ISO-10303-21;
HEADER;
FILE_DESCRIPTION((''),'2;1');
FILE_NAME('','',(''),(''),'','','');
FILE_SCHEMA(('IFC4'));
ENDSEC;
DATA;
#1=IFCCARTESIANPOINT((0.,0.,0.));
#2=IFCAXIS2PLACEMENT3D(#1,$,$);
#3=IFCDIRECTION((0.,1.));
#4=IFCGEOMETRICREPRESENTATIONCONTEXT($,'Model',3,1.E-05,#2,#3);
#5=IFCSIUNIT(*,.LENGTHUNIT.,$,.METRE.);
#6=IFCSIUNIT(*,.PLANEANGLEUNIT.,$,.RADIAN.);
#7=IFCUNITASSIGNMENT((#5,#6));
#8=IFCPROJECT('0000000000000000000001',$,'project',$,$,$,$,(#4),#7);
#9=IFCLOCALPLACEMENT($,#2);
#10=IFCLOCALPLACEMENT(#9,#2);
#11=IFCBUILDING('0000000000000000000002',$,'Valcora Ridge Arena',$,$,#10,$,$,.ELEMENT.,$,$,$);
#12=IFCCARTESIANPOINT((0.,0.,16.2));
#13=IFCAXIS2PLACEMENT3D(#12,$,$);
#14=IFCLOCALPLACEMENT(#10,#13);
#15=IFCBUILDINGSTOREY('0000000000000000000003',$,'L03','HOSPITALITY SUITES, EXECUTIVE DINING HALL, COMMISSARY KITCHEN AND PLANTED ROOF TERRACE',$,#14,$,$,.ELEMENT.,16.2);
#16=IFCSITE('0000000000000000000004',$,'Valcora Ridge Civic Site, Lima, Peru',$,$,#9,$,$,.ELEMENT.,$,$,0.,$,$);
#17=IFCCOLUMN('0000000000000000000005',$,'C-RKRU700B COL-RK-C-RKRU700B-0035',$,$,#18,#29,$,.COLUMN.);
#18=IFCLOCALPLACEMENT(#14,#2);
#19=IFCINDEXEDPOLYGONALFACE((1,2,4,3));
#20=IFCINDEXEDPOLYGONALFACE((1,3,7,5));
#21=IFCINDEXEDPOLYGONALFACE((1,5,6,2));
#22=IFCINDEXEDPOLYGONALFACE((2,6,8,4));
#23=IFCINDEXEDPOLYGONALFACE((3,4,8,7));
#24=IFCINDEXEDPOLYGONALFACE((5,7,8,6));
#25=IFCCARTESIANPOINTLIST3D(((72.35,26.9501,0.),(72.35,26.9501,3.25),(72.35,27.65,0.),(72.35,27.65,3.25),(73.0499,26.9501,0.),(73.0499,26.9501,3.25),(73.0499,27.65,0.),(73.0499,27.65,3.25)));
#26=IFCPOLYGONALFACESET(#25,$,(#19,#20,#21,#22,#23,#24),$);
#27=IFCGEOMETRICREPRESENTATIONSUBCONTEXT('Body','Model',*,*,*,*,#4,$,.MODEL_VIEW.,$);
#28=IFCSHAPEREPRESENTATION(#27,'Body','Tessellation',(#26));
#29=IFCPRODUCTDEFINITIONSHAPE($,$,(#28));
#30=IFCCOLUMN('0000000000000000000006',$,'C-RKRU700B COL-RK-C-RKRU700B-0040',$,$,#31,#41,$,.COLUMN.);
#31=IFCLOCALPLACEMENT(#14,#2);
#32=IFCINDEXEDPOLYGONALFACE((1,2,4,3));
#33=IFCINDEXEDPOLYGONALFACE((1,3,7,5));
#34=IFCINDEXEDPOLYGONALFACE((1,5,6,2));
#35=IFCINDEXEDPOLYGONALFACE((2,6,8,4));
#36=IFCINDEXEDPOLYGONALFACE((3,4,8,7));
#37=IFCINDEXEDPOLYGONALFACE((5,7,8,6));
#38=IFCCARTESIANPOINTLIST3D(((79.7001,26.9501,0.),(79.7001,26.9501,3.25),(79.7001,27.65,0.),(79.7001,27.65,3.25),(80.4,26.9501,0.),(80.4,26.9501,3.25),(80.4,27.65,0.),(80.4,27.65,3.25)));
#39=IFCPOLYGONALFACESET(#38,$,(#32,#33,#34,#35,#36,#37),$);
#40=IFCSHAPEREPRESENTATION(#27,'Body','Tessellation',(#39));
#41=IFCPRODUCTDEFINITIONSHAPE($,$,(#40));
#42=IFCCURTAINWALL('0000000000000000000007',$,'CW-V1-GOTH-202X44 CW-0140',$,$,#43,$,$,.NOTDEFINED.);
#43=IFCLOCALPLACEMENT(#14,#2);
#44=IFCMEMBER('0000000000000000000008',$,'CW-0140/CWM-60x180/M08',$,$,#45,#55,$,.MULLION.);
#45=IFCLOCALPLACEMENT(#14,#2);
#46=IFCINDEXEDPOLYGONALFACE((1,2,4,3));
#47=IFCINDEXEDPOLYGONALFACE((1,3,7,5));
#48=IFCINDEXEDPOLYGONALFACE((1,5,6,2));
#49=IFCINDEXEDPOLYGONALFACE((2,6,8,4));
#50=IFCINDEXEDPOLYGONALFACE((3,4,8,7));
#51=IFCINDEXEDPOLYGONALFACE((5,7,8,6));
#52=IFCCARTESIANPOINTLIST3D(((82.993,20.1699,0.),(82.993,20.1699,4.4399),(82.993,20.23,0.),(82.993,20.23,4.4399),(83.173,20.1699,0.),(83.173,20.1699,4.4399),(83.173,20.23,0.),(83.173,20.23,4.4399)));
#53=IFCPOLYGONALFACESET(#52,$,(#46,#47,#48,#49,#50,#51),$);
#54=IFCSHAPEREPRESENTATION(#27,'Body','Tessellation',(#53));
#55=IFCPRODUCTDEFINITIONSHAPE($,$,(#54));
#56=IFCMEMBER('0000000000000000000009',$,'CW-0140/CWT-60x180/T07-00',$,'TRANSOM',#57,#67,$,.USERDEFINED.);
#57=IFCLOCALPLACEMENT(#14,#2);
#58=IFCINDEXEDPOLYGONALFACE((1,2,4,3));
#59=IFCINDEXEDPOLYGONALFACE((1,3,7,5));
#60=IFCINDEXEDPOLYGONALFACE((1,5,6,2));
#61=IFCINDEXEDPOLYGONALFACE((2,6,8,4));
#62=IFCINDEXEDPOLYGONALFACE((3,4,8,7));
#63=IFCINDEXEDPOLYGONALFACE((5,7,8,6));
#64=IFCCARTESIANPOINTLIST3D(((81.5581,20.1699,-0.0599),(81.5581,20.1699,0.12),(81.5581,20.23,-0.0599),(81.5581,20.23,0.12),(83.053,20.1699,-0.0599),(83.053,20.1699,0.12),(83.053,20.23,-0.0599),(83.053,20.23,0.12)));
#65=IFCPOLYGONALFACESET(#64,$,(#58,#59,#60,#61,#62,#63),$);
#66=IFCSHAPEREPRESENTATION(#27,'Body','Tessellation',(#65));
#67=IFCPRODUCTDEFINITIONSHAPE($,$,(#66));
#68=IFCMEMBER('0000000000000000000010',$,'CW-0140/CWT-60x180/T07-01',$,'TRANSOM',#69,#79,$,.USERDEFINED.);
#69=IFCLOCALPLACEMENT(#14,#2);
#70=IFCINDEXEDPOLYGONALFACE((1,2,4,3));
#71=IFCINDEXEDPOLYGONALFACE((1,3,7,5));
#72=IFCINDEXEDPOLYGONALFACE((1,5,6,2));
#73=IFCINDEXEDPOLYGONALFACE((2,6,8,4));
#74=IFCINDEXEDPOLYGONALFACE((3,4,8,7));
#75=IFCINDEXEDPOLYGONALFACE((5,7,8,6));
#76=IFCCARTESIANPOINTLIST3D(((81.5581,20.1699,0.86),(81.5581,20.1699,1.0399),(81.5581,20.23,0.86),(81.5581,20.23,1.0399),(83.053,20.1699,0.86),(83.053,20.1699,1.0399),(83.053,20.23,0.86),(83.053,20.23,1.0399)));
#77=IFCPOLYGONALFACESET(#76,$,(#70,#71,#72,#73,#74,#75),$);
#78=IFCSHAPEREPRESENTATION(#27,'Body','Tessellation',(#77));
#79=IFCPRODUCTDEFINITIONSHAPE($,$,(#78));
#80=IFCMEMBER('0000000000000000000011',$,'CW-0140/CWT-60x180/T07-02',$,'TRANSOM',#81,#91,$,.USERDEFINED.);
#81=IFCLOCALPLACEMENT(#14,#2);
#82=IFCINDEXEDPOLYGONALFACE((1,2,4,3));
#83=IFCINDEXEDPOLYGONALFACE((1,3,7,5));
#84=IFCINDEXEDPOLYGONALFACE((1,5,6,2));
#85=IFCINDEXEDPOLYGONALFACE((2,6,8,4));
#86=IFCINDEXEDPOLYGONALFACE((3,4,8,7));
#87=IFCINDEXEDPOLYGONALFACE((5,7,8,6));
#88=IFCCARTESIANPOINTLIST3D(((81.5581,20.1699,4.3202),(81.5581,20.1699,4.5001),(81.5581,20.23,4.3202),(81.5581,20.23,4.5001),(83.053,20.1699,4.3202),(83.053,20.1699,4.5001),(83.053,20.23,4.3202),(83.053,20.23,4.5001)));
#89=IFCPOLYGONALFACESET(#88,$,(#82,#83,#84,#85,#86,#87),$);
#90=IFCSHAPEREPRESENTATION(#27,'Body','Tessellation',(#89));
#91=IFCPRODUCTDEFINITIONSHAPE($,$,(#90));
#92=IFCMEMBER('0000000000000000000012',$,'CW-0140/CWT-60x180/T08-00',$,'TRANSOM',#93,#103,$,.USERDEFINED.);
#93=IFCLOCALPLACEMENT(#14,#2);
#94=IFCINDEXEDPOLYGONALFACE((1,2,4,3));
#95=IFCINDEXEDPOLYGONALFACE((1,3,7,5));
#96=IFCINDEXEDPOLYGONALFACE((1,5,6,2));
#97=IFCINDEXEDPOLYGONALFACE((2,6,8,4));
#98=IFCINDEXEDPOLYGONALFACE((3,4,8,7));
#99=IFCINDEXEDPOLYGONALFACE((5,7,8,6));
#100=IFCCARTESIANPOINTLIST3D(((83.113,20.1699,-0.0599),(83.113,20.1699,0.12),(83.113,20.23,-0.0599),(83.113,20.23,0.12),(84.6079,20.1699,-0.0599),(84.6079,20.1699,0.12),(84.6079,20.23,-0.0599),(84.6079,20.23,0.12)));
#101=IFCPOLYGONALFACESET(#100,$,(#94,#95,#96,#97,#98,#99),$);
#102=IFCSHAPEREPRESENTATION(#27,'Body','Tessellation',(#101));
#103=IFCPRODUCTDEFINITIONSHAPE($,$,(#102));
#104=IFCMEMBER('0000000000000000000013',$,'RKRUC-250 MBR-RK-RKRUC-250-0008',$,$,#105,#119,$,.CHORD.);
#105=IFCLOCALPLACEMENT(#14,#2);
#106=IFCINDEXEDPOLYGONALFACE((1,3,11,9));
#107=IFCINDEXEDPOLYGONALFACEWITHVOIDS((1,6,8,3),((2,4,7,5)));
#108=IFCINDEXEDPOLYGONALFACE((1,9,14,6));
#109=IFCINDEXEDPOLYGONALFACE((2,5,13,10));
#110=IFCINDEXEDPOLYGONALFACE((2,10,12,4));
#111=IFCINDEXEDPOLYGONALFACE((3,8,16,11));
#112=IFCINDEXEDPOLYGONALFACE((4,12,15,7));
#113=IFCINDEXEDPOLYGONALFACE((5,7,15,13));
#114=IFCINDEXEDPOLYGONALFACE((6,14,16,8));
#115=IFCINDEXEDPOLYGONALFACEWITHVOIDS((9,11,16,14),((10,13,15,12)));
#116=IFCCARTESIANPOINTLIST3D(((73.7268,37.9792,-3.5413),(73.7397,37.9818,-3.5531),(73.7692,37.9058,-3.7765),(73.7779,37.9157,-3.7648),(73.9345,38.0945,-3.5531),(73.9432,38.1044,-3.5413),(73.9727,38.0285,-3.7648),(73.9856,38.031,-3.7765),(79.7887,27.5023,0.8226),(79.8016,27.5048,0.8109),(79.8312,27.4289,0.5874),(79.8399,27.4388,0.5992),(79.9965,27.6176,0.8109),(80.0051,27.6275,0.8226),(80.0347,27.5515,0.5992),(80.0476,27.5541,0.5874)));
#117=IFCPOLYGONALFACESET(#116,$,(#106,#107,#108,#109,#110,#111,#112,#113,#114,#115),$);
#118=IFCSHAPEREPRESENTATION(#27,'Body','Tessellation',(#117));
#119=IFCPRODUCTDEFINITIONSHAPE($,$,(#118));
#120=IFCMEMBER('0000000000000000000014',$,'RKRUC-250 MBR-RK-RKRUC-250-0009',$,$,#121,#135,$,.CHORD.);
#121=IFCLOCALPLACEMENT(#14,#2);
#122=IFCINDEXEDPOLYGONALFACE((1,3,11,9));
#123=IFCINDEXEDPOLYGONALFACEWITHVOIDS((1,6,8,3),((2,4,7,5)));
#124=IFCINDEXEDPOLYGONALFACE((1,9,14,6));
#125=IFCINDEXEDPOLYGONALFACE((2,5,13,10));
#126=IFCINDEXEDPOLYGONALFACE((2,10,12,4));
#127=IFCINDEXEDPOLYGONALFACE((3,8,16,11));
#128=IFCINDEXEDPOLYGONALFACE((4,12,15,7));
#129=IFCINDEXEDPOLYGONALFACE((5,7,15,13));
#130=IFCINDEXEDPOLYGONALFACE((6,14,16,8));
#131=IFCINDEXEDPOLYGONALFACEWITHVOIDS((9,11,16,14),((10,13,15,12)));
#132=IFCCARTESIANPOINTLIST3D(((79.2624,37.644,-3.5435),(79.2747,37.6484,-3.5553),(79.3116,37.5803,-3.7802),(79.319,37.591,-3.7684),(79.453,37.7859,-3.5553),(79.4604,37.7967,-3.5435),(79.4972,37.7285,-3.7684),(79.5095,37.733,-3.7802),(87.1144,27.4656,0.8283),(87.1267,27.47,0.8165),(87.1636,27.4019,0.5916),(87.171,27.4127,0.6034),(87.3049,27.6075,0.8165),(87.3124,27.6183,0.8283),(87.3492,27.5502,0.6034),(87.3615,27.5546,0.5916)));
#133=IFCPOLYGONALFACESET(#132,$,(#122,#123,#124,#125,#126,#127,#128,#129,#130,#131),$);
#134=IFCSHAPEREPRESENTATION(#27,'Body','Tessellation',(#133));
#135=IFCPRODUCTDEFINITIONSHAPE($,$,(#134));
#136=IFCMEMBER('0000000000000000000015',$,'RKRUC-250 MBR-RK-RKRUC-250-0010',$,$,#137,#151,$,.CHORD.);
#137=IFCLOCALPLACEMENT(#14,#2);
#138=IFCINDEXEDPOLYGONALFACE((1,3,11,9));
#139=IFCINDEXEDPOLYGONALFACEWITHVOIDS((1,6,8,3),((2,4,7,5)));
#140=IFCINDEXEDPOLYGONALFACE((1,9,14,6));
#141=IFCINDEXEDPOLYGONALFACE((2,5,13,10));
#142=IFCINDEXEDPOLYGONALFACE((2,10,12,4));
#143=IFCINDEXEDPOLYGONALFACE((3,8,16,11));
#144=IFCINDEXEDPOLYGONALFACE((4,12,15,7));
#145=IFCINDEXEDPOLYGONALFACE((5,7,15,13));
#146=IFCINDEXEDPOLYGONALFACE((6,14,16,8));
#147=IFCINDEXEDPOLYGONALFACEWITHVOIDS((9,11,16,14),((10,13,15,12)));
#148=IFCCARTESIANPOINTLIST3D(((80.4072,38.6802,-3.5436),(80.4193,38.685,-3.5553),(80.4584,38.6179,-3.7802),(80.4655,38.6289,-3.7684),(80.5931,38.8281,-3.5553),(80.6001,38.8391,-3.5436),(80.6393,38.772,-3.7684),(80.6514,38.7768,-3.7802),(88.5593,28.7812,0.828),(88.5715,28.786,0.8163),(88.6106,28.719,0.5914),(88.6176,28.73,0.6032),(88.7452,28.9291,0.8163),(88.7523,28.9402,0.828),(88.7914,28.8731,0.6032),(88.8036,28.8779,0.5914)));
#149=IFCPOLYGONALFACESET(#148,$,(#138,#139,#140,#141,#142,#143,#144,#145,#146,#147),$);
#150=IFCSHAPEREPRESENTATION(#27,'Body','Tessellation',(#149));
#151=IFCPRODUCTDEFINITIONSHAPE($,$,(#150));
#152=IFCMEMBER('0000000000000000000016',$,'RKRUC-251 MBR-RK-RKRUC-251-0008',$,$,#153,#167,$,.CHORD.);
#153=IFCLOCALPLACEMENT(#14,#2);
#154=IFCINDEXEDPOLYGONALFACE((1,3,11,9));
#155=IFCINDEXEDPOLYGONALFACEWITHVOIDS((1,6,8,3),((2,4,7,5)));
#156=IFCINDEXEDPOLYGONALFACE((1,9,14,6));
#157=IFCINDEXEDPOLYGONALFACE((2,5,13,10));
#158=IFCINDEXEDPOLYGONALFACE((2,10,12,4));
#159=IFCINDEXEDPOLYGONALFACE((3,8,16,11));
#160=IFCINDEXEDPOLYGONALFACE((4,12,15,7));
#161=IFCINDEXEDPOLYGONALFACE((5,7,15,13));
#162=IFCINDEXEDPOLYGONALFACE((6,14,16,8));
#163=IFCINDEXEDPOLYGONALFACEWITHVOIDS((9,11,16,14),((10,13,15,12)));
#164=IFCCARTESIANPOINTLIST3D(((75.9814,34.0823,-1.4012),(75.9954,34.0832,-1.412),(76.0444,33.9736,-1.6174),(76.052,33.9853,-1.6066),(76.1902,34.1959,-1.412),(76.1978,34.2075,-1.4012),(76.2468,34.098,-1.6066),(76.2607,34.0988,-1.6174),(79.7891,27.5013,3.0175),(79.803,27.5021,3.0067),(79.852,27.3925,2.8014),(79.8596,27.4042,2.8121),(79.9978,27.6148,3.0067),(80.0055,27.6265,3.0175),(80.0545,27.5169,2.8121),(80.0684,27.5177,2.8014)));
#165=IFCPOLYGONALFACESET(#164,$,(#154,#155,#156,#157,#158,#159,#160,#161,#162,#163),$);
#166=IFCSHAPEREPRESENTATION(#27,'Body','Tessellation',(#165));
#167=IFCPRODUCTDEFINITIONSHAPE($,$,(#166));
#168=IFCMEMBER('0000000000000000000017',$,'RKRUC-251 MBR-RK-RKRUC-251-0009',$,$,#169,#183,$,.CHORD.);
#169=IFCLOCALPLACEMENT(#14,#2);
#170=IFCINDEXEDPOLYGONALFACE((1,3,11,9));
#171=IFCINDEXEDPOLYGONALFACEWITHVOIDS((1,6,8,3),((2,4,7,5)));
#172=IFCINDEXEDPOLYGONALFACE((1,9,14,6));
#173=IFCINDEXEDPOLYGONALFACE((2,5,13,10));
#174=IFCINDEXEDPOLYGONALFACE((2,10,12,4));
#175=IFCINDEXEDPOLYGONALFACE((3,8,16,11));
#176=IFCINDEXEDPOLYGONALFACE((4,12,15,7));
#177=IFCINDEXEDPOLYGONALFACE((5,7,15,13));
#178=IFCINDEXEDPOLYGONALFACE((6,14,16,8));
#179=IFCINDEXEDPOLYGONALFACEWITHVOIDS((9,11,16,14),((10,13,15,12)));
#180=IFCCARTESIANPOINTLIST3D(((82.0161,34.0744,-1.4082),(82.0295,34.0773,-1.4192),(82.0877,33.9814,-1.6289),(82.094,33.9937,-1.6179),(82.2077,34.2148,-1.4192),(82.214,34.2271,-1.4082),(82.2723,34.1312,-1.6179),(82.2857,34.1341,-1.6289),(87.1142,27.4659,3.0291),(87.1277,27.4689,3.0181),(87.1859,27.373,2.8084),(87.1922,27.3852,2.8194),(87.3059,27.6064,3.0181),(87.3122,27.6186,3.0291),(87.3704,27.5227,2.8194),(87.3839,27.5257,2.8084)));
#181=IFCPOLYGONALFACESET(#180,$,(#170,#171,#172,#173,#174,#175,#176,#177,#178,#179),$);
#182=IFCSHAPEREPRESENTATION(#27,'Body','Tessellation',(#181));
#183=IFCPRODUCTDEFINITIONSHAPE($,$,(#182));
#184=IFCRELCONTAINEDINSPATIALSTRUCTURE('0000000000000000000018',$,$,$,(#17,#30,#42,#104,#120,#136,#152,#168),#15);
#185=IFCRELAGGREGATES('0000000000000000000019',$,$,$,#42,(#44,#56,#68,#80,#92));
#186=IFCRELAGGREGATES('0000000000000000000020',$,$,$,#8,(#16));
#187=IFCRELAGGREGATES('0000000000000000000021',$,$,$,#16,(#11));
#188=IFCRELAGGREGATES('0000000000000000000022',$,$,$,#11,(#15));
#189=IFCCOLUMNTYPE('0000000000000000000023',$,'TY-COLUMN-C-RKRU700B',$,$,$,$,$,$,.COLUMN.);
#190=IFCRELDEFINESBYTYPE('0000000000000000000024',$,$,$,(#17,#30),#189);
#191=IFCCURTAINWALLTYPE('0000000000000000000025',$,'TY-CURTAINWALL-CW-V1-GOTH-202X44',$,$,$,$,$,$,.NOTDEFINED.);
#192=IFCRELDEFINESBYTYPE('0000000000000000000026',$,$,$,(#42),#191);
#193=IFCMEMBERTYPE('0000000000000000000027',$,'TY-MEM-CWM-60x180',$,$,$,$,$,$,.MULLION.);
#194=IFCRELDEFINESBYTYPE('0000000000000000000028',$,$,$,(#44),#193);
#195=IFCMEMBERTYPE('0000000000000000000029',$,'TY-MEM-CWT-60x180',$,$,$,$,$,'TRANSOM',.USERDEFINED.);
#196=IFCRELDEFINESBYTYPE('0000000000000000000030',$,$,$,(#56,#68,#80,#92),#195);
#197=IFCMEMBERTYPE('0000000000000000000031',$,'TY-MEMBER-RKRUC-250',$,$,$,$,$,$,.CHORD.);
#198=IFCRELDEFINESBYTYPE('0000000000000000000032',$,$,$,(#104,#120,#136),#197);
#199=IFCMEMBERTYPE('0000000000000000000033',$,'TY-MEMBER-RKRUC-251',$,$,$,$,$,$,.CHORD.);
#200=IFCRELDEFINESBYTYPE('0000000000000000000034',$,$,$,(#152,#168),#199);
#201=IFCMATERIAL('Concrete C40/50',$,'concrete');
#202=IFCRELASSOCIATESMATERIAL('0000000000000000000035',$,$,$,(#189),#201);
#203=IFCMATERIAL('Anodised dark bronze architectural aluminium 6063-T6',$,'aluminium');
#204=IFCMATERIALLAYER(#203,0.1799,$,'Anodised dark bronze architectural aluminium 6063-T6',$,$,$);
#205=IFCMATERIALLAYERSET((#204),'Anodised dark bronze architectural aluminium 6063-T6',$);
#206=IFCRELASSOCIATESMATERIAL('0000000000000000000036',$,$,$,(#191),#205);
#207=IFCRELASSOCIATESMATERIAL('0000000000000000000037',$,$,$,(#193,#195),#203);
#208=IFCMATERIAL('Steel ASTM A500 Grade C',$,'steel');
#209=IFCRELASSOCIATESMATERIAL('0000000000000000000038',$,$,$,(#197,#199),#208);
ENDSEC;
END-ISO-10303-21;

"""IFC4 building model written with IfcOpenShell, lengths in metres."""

from ifc_helpers import new_model, si_unit, direction, frame, origin, origin_2d, place, context, subcontext, project, spatial, rectangle, hollow_rectangle, extrude, material, layer, layer_set, material_profile, profile_set, type_object, element, aggregate, save


model = new_model("IFC4")

# Units and contexts
model_context = context("Model", 3, precision=1e-05, world=origin(), true_north=direction((0.0, 1.0)))
body_context = subcontext(model_context, "Body", "Model", "MODEL_VIEW")
ifc_project = project(units=[si_unit("LENGTHUNIT", "METRE"), si_unit("PLANEANGLEUNIT", "RADIAN")], contexts=[model_context])

# Site, building, storey
site_placement = place(None, origin())
site = spatial("IfcSite", under=ifc_project, at=site_placement, Name="Valcora Ridge Civic Site, Lima, Peru", CompositionType="ELEMENT", RefElevation=0.0)
building_placement = place(site_placement, origin())
building = spatial("IfcBuilding", under=site, at=building_placement, Name="Valcora Ridge Arena", CompositionType="ELEMENT")
storey_placement = place(building_placement, frame((0.0, 0.0, 16.2)))
storey = spatial("IfcBuildingStorey", under=building, at=storey_placement, Name="L03", Description="HOSPITALITY SUITES, EXECUTIVE DINING HALL, COMMISSARY KITCHEN AND PLANTED ROOF TERRACE", CompositionType="ELEMENT", Elevation=16.2)

# Columns
ifc_material_1 = material(Name="Concrete C40/50", Category="concrete")
ifc_material_profile_1 = material_profile(ifc_material_1, rectangle(XDim=0.7, YDim=0.7, at=origin_2d()), Name="RC 700x700")
ifc_profile_set_1 = profile_set([ifc_material_profile_1], Name="Concrete C40/50")
column_type = type_object("IfcColumnType", Name="TY-COLUMN-C-RKRU700B", PredefinedType="COLUMN", material=ifc_profile_set_1)
for number, where, z_axis, x_axis, name in (
    (1, (72.7, 27.3, 0.0), (0.0, 0.0, 1.0), (1.0, 0.0, 0.0), "C-RKRU700B COL-RK-C-RKRU700B-0035"),
    (2, (80.05, 27.3, 0.0), (0.0, 0.0, 1.0), (1.0, 0.0, 0.0), "C-RKRU700B COL-RK-C-RKRU700B-0040"),
):
    element("IfcColumn", number, at=place(storey_placement, frame(where, z_axis=z_axis, x_axis=x_axis)), inside=storey, type_object=column_type, Name=name, PredefinedType="COLUMN", context=body_context, shape_type="SweptSolid", body=[
        extrude(rectangle(XDim=0.7, YDim=0.7, at=origin_2d()), origin(), (0.0, 0.0, 1.0), 3.25),
    ])

# Curtain wall, members
ifc_material_2 = material(Name="Anodised dark bronze architectural aluminium 6063-T6", Category="aluminium")
ifc_layer_1 = layer(ifc_material_2, 0.1799, Name="Anodised dark bronze architectural aluminium 6063-T6")
ifc_layer_set_1 = layer_set([ifc_layer_1], Name="Anodised dark bronze architectural aluminium 6063-T6")
curtain_wall_type = type_object("IfcCurtainWallType", Name="TY-CURTAINWALL-CW-V1-GOTH-202X44", PredefinedType="NOTDEFINED", material=ifc_layer_set_1)
curtain_wall_placement = place(storey_placement, origin())
curtain_wall = element("IfcCurtainWall", 3, at=curtain_wall_placement, inside=storey, type_object=curtain_wall_type, Name="CW-V1-GOTH-202X44 CW-0140", PredefinedType="NOTDEFINED")
ifc_material_profile_2 = material_profile(ifc_material_2, rectangle(XDim=0.0601, YDim=0.1799, at=origin_2d()), Name="ALU MULLION 60x180")
ifc_profile_set_2 = profile_set([ifc_material_profile_2], Name="Anodised dark bronze architectural aluminium 6063-T6")
member_type_1 = type_object("IfcMemberType", Name="TY-MEM-CWM-60x180", PredefinedType="MULLION", material=ifc_profile_set_2)
member_1_placement = place(storey_placement, frame((83.083, 20.2, 0.0), z_axis=(0.0, 0.0, 1.0), x_axis=(0.0, 1.0, 0.0)))
member_1 = element("IfcMember", 4, at=member_1_placement, type_object=member_type_1, Name="CW-0140/CWM-60x180/M08", PredefinedType="MULLION", context=body_context, shape_type="SweptSolid", body=[
    extrude(rectangle(XDim=0.0601, YDim=0.1799, at=origin_2d()), origin(), (0.0, 0.0, 1.0), 4.4399),
])
ifc_material_profile_3 = material_profile(ifc_material_2, rectangle(XDim=0.0601, YDim=0.1799, at=origin_2d()), Name="ALU TRANSOM 60x180")
ifc_profile_set_3 = profile_set([ifc_material_profile_3], Name="Anodised dark bronze architectural aluminium 6063-T6")
member_type_2 = type_object("IfcMemberType", Name="TY-MEM-CWT-60x180", ElementType="TRANSOM", PredefinedType="USERDEFINED", material=ifc_profile_set_3)
member_2_placement = place(storey_placement, frame((81.5581, 20.2, 0.03), z_axis=(1.0, 0.0, 0.0), x_axis=(0.0, 1.0, 0.0)))
member_2 = element("IfcMember", 5, at=member_2_placement, type_object=member_type_2, Name="CW-0140/CWT-60x180/T07-00", ObjectType="TRANSOM", PredefinedType="USERDEFINED", context=body_context, shape_type="SweptSolid", body=[
    extrude(rectangle(XDim=0.0601, YDim=0.1799, at=origin_2d()), origin(), (0.0, 0.0, 1.0), 1.4949),
])
member_3_placement = place(storey_placement, frame((81.5581, 20.2, 0.95), z_axis=(1.0, 0.0, 0.0), x_axis=(0.0, 1.0, 0.0)))
member_3 = element("IfcMember", 6, at=member_3_placement, type_object=member_type_2, Name="CW-0140/CWT-60x180/T07-01", ObjectType="TRANSOM", PredefinedType="USERDEFINED", context=body_context, shape_type="SweptSolid", body=[
    extrude(rectangle(XDim=0.0601, YDim=0.1799, at=origin_2d()), origin(), (0.0, 0.0, 1.0), 1.4949),
])
member_4_placement = place(storey_placement, frame((81.5581, 20.2, 4.4102), z_axis=(1.0, 0.0, 0.0), x_axis=(0.0, 1.0, 0.0)))
member_4 = element("IfcMember", 7, at=member_4_placement, type_object=member_type_2, Name="CW-0140/CWT-60x180/T07-02", ObjectType="TRANSOM", PredefinedType="USERDEFINED", context=body_context, shape_type="SweptSolid", body=[
    extrude(rectangle(XDim=0.0601, YDim=0.1799, at=origin_2d()), origin(), (0.0, 0.0, 1.0), 1.4949),
])
member_5_placement = place(storey_placement, frame((83.113, 20.2, 0.03), z_axis=(1.0, 0.0, 0.0), x_axis=(0.0, 1.0, 0.0)))
member_5 = element("IfcMember", 8, at=member_5_placement, type_object=member_type_2, Name="CW-0140/CWT-60x180/T08-00", ObjectType="TRANSOM", PredefinedType="USERDEFINED", context=body_context, shape_type="SweptSolid", body=[
    extrude(rectangle(XDim=0.0601, YDim=0.1799, at=origin_2d()), origin(), (0.0, 0.0, 1.0), 1.4949),
])

# Members
ifc_material_3 = material(Name="Steel ASTM A500 Grade C", Category="steel")
ifc_material_profile_4 = material_profile(ifc_material_3, hollow_rectangle(XDim=0.25, YDim=0.25, WallThickness=0.0125, at=origin_2d()), Name="HSS250X250X12")
ifc_profile_set_4 = profile_set([ifc_material_profile_4], Name="Steel ASTM A500 Grade C")
member_type_3 = type_object("IfcMemberType", Name="TY-MEMBER-RKRUC-250", PredefinedType="CHORD", material=ifc_profile_set_4)
member_6_placement = place(storey_placement, frame((73.8562, 38.0051, -3.6589), z_axis=(0.471126, -0.814254, 0.339162), x_axis=(0.865557, 0.50081, 0.0)))
element("IfcMember", 9, at=member_6_placement, inside=storey, type_object=member_type_3, Name="RKRUC-250 MBR-RK-RKRUC-250-0008", PredefinedType="CHORD", context=body_context, shape_type="SweptSolid", body=[
    extrude(hollow_rectangle(XDim=0.25, YDim=0.25, WallThickness=0.0125, at=origin_2d()), origin(), (0.0, 0.0, 1.0), 12.8669),
])
member_7_placement = place(storey_placement, frame((79.386, 37.6885, -3.6619), z_axis=(0.578282, -0.749616, 0.321973), x_axis=(0.791779, 0.610808, 0.0)))
element("IfcMember", 10, at=member_7_placement, inside=storey, type_object=member_type_3, Name="RKRUC-250 MBR-RK-RKRUC-250-0009", PredefinedType="CHORD", context=body_context, shape_type="SweptSolid", body=[
    extrude(hollow_rectangle(XDim=0.25, YDim=0.25, WallThickness=0.0125, at=origin_2d()), origin(), (0.0, 0.0, 1.0), 13.5781),
])
member_8_placement = place(storey_placement, frame((80.5293, 38.7285, -3.6619), z_axis=(0.601707, -0.73064, 0.322667), x_axis=(0.771929, 0.635709, 0.0)))
element("IfcMember", 11, at=member_8_placement, inside=storey, type_object=member_type_3, Name="RKRUC-250 MBR-RK-RKRUC-250-0010", PredefinedType="CHORD", context=body_context, shape_type="SweptSolid", body=[
    extrude(hollow_rectangle(XDim=0.25, YDim=0.25, WallThickness=0.0125, at=origin_2d()), origin(), (0.0, 0.0, 1.0), 13.5483),
])
ifc_material_profile_5 = material_profile(ifc_material_3, hollow_rectangle(XDim=0.25, YDim=0.25, WallThickness=0.0125, at=origin_2d()), Name="HSS250X250X12")
ifc_profile_set_5 = profile_set([ifc_material_profile_5], Name="Steel ASTM A500 Grade C")
member_type_4 = type_object("IfcMemberType", Name="TY-MEMBER-RKRUC-251", PredefinedType="CHORD", material=ifc_profile_set_5)
member_9_placement = place(storey_placement, frame((76.1211, 34.0906, -1.5093), z_axis=(0.432983, -0.748364, 0.502472), x_axis=(0.865567, 0.500793, 0.0)))
element("IfcMember", 12, at=member_9_placement, inside=storey, type_object=member_type_4, Name="RKRUC-251 MBR-RK-RKRUC-251-0008", PredefinedType="CHORD", context=body_context, shape_type="SweptSolid", body=[
    extrude(hollow_rectangle(XDim=0.25, YDim=0.25, WallThickness=0.0125, at=origin_2d()), origin(), (0.0, 0.0, 1.0), 8.7939),
])
member_10_placement = place(storey_placement, frame((82.1509, 34.1042, -1.5186), z_axis=(0.539339, -0.699111, 0.469423), x_axis=(0.791769, 0.610821, 0.0)))
element("IfcMember", 13, at=member_10_placement, inside=storey, type_object=member_type_4, Name="RKRUC-251 MBR-RK-RKRUC-251-0009", PredefinedType="CHORD", context=body_context, shape_type="SweptSolid", body=[
    extrude(hollow_rectangle(XDim=0.25, YDim=0.25, WallThickness=0.0125, at=origin_2d()), origin(), (0.0, 0.0, 1.0), 9.4526),
])

aggregate(curtain_wall, [member_1, member_2, member_3, member_4, member_5])

save(model, "model.ifc")
